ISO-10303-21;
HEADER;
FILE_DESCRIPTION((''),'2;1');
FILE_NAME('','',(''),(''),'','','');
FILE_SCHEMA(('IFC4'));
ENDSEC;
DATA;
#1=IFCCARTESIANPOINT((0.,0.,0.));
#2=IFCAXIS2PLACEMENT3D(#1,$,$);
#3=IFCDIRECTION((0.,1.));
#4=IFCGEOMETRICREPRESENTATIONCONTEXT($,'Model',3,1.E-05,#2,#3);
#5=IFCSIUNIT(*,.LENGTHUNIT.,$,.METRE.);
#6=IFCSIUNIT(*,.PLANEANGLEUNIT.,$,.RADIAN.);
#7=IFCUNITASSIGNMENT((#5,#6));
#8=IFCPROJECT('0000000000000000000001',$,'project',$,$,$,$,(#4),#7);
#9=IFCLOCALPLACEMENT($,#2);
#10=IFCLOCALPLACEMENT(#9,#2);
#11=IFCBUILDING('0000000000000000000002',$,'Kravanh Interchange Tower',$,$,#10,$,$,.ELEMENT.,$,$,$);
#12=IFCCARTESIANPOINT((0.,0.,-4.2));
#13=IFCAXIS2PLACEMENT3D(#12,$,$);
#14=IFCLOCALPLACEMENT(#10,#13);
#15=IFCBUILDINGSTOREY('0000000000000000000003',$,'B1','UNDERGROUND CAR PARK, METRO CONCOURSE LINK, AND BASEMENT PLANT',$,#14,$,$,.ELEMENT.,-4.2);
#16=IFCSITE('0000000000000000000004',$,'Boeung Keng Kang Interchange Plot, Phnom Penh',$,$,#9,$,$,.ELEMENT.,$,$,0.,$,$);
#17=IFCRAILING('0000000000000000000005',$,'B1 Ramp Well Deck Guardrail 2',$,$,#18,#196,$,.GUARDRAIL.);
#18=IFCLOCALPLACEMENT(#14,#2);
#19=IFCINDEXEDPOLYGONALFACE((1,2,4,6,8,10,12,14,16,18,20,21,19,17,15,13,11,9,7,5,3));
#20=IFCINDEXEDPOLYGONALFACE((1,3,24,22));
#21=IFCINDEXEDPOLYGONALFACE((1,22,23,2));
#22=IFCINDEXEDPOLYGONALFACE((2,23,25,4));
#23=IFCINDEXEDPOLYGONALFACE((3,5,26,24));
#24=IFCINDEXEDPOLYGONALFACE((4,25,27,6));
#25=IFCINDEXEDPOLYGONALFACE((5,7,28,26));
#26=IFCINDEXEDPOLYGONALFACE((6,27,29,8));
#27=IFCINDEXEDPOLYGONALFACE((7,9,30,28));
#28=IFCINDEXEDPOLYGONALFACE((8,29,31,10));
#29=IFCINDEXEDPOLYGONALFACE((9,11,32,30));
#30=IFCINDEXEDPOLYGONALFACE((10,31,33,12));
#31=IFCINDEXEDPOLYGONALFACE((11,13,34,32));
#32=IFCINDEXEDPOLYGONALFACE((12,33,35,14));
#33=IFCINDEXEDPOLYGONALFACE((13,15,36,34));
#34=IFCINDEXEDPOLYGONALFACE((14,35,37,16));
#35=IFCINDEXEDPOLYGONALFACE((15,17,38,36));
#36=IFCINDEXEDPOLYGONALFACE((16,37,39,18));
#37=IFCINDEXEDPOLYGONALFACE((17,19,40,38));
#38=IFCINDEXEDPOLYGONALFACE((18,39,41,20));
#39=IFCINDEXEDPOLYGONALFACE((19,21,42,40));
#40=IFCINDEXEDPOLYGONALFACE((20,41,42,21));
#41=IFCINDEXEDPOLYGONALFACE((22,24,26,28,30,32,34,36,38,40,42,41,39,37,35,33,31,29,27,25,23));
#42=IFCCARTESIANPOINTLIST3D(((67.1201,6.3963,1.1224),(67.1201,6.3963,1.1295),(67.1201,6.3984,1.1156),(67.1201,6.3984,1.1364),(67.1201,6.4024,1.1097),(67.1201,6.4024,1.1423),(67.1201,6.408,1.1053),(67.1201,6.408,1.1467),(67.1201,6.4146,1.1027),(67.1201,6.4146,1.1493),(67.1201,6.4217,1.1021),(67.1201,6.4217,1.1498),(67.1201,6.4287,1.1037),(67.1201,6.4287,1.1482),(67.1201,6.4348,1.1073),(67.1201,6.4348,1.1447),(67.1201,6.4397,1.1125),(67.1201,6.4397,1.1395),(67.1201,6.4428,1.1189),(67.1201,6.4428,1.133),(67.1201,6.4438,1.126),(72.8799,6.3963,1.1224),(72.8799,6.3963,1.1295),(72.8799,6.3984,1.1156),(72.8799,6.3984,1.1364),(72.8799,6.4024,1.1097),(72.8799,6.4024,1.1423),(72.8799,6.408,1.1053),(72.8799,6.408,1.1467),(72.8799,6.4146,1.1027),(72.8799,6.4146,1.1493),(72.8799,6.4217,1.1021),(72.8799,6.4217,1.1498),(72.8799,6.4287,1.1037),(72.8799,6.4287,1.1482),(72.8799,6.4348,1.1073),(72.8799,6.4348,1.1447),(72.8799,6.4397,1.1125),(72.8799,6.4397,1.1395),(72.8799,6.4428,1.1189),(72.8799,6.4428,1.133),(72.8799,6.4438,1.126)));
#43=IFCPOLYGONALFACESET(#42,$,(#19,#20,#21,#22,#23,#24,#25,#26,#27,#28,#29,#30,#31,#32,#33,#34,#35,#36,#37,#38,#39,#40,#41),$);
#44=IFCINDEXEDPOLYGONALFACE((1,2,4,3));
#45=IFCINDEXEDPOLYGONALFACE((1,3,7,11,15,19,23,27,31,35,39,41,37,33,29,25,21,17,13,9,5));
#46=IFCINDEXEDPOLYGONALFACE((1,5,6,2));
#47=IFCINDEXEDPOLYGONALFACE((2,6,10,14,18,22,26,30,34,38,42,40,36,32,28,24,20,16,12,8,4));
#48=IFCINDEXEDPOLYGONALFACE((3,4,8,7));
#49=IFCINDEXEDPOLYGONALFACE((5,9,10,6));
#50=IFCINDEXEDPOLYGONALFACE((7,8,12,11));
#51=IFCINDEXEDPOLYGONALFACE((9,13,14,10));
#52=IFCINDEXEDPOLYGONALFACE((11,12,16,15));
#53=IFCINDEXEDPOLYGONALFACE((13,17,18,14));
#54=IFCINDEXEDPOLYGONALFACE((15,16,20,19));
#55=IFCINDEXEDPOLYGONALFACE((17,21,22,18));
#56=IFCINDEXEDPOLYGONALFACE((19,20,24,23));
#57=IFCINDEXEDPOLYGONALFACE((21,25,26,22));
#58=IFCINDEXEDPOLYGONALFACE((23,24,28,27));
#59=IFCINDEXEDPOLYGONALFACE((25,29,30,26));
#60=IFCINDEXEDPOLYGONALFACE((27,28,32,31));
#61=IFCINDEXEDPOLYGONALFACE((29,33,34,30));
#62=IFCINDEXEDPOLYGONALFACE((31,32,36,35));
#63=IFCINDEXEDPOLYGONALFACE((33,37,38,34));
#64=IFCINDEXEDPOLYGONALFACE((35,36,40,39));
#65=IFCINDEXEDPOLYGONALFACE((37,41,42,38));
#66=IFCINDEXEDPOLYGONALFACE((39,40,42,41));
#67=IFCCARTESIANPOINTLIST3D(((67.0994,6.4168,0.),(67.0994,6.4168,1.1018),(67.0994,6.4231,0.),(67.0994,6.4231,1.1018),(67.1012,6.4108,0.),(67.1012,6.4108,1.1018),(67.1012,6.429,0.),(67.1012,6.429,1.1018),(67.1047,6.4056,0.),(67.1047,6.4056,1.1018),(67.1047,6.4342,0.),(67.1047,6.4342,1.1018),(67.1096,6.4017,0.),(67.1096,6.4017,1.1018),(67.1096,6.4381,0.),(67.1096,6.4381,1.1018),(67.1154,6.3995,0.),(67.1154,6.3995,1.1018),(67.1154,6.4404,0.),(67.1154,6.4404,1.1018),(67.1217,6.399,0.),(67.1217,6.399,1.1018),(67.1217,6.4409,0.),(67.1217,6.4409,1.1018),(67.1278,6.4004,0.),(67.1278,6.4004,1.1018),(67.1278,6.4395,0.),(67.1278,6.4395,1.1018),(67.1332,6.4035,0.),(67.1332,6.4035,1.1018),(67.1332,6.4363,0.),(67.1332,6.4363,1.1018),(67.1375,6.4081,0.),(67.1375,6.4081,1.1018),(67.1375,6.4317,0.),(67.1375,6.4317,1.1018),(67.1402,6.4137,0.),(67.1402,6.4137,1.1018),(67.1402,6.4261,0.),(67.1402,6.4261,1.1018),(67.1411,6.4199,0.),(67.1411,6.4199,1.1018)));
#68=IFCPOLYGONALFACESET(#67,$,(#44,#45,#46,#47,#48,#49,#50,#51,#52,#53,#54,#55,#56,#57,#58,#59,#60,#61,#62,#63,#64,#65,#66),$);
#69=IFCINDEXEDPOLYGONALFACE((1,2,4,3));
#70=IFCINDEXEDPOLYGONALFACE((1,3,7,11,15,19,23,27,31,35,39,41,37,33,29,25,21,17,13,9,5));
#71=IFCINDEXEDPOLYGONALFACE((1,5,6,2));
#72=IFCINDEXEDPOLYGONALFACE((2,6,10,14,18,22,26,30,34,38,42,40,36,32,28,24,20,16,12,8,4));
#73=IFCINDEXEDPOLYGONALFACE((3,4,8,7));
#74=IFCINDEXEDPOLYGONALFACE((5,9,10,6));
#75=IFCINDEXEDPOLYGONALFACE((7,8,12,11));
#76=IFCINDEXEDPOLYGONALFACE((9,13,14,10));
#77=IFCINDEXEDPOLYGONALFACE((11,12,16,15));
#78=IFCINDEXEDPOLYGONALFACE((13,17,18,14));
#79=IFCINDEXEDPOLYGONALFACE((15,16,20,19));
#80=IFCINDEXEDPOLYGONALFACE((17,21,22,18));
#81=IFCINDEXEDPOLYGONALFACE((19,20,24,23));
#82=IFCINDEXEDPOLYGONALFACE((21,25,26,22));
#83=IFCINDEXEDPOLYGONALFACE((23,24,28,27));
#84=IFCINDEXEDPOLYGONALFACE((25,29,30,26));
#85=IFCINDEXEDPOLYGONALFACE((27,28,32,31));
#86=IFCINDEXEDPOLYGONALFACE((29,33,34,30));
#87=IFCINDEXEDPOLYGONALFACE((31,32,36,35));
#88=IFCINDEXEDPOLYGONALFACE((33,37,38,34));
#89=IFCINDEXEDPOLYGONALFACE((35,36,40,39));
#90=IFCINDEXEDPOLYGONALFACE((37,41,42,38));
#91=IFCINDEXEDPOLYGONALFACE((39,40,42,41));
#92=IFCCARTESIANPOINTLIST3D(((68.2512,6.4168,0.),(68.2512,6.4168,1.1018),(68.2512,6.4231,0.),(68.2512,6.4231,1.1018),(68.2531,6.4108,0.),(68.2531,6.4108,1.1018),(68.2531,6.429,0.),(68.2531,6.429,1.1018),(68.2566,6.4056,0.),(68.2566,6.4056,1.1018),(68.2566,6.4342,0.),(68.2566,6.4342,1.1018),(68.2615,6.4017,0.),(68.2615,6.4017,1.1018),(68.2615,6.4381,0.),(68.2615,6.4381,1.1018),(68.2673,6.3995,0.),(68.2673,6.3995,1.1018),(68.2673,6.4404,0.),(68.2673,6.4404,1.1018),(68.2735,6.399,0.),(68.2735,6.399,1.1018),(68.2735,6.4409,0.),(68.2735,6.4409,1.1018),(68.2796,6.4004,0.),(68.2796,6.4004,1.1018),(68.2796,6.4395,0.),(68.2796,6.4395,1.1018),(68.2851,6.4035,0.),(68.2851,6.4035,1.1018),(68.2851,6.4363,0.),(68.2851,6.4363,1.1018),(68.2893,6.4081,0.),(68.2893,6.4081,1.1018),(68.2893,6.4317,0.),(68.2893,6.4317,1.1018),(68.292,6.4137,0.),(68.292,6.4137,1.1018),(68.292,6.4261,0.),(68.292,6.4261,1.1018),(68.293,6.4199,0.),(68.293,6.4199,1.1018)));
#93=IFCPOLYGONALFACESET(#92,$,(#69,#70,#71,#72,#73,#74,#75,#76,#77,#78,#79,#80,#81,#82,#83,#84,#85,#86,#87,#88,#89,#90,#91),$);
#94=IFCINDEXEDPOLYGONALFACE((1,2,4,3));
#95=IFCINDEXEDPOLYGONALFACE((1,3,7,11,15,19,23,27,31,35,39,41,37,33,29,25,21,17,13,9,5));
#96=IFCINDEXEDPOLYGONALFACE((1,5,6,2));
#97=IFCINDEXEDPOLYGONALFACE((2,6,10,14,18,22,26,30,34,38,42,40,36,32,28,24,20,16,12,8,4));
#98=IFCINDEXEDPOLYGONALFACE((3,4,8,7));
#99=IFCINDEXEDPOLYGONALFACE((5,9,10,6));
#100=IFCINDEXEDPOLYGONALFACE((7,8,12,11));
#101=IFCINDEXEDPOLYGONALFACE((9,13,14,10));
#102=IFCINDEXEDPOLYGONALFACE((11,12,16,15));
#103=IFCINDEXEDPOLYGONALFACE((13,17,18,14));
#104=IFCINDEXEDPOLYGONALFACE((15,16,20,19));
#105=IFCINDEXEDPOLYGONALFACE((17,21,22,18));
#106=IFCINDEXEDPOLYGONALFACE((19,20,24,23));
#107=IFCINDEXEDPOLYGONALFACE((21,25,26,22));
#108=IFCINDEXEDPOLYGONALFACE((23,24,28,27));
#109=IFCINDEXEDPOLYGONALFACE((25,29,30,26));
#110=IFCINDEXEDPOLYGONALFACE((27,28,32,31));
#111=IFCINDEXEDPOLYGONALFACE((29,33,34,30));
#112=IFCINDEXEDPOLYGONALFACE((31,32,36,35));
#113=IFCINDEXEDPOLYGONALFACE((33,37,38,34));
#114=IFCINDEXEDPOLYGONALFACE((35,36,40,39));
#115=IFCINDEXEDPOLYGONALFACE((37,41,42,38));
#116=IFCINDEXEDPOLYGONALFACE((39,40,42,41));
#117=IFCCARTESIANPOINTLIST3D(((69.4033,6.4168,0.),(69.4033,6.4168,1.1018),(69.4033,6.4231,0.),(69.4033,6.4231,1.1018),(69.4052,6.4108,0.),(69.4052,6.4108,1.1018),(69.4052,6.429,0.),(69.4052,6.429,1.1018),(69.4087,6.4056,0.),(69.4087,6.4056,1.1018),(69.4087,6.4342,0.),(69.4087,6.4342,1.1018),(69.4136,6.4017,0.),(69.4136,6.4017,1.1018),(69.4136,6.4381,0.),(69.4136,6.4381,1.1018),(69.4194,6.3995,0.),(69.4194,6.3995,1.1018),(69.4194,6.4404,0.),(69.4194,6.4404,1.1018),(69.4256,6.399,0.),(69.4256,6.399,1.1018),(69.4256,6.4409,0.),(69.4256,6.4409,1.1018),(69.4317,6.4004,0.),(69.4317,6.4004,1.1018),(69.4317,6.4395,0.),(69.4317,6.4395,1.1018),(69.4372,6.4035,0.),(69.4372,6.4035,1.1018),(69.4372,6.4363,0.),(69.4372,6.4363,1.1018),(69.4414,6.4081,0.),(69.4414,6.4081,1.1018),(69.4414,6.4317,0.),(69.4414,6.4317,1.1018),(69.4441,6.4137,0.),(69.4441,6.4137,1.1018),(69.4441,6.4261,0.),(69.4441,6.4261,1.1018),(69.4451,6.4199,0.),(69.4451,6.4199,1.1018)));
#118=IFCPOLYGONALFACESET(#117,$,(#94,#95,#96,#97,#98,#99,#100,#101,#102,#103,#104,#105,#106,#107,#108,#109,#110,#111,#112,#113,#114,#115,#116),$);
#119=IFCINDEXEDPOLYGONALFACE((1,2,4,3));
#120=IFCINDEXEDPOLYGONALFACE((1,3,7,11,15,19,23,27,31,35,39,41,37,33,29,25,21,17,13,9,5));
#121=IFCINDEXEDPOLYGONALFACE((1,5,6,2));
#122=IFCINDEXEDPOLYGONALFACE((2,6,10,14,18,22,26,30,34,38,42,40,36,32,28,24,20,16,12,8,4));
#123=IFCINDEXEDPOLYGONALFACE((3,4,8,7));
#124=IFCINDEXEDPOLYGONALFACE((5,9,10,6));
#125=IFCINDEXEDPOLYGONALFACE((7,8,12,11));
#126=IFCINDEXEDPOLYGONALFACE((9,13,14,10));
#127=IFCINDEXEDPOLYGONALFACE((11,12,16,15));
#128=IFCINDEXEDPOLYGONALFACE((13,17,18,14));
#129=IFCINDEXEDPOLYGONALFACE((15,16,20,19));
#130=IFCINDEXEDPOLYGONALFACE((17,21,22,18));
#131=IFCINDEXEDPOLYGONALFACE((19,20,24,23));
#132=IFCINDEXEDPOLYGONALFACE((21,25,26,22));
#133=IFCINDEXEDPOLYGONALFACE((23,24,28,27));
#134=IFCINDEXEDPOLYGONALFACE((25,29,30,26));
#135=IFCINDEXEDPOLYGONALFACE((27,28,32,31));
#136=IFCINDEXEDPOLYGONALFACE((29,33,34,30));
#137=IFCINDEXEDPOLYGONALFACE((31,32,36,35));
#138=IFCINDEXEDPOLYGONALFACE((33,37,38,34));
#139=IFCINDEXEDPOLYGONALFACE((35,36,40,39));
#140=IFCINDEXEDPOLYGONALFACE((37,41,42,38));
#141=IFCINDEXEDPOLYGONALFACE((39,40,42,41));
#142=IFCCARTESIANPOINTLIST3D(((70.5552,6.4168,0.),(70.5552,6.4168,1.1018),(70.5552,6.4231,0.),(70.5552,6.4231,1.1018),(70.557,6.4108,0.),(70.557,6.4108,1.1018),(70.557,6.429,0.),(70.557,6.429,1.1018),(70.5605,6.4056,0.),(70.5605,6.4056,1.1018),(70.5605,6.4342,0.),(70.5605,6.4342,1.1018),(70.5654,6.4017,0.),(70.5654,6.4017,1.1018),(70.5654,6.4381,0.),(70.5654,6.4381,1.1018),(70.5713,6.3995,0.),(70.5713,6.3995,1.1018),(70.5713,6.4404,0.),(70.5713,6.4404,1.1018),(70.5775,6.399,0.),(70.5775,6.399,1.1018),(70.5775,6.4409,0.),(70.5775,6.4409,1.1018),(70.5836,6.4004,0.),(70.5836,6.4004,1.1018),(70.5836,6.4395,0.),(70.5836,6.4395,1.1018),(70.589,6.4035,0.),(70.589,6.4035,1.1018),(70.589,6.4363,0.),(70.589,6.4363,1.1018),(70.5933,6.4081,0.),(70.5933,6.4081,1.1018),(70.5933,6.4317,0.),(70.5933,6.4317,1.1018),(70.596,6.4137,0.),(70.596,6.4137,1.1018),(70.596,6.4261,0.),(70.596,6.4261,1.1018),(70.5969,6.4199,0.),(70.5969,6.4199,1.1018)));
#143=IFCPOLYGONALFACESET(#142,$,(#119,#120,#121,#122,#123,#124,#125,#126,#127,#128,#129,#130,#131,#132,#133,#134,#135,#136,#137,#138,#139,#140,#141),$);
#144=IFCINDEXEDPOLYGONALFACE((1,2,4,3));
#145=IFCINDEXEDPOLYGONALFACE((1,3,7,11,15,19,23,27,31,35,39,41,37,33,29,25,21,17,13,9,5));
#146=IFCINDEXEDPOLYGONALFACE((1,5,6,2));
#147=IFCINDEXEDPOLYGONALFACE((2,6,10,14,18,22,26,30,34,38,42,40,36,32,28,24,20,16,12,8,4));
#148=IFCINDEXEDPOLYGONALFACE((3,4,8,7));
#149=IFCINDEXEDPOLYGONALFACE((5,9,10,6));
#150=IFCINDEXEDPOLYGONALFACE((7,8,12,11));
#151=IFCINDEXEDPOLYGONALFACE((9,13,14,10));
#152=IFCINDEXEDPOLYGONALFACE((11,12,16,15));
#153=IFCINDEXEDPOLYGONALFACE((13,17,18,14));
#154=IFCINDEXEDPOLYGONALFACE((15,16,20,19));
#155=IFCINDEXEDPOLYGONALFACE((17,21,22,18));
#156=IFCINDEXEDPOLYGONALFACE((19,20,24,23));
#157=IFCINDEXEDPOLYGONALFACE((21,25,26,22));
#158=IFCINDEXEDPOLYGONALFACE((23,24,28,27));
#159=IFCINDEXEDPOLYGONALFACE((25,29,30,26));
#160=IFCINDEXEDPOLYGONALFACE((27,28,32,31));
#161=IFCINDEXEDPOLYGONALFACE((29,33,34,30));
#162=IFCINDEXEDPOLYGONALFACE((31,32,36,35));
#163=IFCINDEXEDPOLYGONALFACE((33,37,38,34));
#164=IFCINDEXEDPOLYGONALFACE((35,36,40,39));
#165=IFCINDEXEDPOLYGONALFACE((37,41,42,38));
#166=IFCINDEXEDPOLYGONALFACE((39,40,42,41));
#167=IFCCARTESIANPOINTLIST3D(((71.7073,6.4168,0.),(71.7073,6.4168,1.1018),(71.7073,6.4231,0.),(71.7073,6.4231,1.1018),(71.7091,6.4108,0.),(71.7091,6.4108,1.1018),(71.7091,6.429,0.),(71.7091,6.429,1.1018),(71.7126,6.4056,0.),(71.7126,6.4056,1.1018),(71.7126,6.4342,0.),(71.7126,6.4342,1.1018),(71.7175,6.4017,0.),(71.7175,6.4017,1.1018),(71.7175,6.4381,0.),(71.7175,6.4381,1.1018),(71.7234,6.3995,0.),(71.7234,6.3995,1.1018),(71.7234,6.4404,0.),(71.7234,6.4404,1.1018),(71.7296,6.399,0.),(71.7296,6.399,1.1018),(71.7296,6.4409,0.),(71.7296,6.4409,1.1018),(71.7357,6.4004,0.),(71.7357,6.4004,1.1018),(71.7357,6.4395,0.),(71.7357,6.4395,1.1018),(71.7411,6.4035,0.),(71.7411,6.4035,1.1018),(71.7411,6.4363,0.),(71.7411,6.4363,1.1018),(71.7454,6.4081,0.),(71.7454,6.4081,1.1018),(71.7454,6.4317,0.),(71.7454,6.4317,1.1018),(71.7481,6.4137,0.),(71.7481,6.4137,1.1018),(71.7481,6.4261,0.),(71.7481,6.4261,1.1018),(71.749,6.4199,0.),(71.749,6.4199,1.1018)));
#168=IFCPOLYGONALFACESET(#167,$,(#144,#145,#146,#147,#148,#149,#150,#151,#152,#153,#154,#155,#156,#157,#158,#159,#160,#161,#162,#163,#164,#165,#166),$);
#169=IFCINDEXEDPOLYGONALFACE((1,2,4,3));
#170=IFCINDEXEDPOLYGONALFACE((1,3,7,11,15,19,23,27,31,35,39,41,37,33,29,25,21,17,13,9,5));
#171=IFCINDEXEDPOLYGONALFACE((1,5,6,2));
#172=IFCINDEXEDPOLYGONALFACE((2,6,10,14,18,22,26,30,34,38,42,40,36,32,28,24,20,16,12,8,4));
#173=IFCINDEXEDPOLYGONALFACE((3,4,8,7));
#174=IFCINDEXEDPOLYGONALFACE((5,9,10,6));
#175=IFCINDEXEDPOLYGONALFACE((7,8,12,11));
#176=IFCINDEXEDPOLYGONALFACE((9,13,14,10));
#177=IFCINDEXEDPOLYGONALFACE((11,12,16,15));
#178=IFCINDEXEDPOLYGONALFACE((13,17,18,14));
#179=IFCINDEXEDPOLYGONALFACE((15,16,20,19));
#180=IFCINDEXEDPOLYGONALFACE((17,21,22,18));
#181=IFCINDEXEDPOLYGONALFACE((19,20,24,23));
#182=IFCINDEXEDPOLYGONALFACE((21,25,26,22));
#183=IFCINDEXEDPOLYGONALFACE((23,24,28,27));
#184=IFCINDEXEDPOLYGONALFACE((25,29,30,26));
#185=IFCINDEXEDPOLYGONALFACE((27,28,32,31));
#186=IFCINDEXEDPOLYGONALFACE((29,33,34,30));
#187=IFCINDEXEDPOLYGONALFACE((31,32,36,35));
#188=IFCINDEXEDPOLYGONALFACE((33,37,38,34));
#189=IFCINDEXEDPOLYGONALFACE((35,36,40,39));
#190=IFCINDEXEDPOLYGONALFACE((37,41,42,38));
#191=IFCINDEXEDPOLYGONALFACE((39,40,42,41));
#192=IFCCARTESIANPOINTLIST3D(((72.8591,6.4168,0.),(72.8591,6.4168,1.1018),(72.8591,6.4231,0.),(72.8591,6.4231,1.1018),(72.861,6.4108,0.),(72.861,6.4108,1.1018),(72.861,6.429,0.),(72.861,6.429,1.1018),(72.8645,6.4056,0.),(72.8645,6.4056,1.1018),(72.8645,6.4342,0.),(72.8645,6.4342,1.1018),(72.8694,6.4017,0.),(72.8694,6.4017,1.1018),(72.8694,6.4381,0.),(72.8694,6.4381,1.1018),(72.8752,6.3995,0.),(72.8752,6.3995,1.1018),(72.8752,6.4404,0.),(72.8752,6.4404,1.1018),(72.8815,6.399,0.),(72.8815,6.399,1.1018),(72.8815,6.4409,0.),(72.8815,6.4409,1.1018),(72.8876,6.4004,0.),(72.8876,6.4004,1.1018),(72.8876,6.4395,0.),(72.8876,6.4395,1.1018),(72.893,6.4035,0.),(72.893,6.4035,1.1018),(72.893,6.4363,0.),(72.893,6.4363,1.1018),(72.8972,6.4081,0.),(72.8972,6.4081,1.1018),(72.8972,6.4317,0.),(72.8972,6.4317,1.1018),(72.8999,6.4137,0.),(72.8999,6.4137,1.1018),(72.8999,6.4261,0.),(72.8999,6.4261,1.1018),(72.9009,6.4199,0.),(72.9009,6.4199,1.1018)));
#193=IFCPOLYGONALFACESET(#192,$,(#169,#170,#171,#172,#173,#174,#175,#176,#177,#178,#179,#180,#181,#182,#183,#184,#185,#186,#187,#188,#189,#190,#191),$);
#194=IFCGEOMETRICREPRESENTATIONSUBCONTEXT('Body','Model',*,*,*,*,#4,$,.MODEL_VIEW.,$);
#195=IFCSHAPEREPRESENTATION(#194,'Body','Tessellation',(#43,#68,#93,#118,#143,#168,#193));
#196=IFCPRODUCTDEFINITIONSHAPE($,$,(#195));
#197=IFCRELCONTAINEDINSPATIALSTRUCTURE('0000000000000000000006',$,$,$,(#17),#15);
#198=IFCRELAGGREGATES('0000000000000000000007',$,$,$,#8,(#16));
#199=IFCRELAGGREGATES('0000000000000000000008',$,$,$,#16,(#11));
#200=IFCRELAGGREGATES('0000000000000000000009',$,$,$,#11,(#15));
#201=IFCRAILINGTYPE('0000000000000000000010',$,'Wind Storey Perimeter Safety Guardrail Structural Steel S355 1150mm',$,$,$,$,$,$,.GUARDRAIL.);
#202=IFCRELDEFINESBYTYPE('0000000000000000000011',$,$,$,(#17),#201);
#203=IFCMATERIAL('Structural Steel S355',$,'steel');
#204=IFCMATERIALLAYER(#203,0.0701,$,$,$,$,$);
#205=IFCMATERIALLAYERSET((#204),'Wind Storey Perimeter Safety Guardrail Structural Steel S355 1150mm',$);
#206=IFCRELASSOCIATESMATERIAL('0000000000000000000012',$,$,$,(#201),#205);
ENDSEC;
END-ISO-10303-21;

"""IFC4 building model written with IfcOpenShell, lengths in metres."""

from ifc_helpers import new_model, si_unit, direction, frame, origin, origin_2d, place, context, subcontext, project, spatial, circle, extrude, material, layer, layer_set, type_object, element, save


model = new_model("IFC4")

# Units and contexts
model_context = context("Model", 3, precision=1e-05, world=origin(), true_north=direction((0.0, 1.0)))
body_context = subcontext(model_context, "Body", "Model", "MODEL_VIEW")
ifc_project = project(units=[si_unit("LENGTHUNIT", "METRE"), si_unit("PLANEANGLEUNIT", "RADIAN")], contexts=[model_context])

# Site, building, storey
site_placement = place(None, origin())
site = spatial("IfcSite", under=ifc_project, at=site_placement, Name="Boeung Keng Kang Interchange Plot, Phnom Penh", CompositionType="ELEMENT", RefElevation=0.0)
building_placement = place(site_placement, origin())
building = spatial("IfcBuilding", under=site, at=building_placement, Name="Kravanh Interchange Tower", CompositionType="ELEMENT")
storey_placement = place(building_placement, frame((0.0, 0.0, -4.2)))
storey = spatial("IfcBuildingStorey", under=building, at=storey_placement, Name="B1", Description="UNDERGROUND CAR PARK, METRO CONCOURSE LINK, AND BASEMENT PLANT", CompositionType="ELEMENT", Elevation=-4.2)

# Railing
ifc_material_1 = material(Name="Structural Steel S355", Category="steel")
ifc_layer_1 = layer(ifc_material_1, 0.0701)
ifc_layer_set_1 = layer_set([ifc_layer_1], Name="Wind Storey Perimeter Safety Guardrail Structural Steel S355 1150mm")
railing_type = type_object("IfcRailingType", Name="Wind Storey Perimeter Safety Guardrail Structural Steel S355 1150mm", PredefinedType="GUARDRAIL", material=ifc_layer_set_1)
railing_1_placement = place(storey_placement, frame((67.1201, 6.4199, 0.0)))
element("IfcRailing", 1, at=railing_1_placement, inside=storey, type_object=railing_type, Name="B1 Ramp Well Deck Guardrail 2", PredefinedType="GUARDRAIL", context=body_context, shape_type="SweptSolid", body=[
    extrude(circle(Radius=0.0239, at=origin_2d()), frame((0.0, 0.0, 1.126), z_axis=(1.0, 0.0, 0.0), x_axis=(0.0, 1.0, 0.0)), (0.0, 0.0, 1.0), 5.7598),
    extrude(circle(Radius=0.021, at=origin_2d()), origin(), (0.0, 0.0, 1.0), 1.1018),
    extrude(circle(Radius=0.021, at=origin_2d()), frame((1.1519, 0.0, 0.0)), (0.0, 0.0, 1.0), 1.1018),
    extrude(circle(Radius=0.021, at=origin_2d()), frame((2.304, 0.0, 0.0)), (0.0, 0.0, 1.0), 1.1018),
    extrude(circle(Radius=0.021, at=origin_2d()), frame((3.4558, 0.0, 0.0)), (0.0, 0.0, 1.0), 1.1018),
    extrude(circle(Radius=0.021, at=origin_2d()), frame((4.6079, 0.0, 0.0)), (0.0, 0.0, 1.0), 1.1018),
    extrude(circle(Radius=0.021, at=origin_2d()), frame((5.7598, 0.0, 0.0)), (0.0, 0.0, 1.0), 1.1018),
])

save(model, "model.ifc")
